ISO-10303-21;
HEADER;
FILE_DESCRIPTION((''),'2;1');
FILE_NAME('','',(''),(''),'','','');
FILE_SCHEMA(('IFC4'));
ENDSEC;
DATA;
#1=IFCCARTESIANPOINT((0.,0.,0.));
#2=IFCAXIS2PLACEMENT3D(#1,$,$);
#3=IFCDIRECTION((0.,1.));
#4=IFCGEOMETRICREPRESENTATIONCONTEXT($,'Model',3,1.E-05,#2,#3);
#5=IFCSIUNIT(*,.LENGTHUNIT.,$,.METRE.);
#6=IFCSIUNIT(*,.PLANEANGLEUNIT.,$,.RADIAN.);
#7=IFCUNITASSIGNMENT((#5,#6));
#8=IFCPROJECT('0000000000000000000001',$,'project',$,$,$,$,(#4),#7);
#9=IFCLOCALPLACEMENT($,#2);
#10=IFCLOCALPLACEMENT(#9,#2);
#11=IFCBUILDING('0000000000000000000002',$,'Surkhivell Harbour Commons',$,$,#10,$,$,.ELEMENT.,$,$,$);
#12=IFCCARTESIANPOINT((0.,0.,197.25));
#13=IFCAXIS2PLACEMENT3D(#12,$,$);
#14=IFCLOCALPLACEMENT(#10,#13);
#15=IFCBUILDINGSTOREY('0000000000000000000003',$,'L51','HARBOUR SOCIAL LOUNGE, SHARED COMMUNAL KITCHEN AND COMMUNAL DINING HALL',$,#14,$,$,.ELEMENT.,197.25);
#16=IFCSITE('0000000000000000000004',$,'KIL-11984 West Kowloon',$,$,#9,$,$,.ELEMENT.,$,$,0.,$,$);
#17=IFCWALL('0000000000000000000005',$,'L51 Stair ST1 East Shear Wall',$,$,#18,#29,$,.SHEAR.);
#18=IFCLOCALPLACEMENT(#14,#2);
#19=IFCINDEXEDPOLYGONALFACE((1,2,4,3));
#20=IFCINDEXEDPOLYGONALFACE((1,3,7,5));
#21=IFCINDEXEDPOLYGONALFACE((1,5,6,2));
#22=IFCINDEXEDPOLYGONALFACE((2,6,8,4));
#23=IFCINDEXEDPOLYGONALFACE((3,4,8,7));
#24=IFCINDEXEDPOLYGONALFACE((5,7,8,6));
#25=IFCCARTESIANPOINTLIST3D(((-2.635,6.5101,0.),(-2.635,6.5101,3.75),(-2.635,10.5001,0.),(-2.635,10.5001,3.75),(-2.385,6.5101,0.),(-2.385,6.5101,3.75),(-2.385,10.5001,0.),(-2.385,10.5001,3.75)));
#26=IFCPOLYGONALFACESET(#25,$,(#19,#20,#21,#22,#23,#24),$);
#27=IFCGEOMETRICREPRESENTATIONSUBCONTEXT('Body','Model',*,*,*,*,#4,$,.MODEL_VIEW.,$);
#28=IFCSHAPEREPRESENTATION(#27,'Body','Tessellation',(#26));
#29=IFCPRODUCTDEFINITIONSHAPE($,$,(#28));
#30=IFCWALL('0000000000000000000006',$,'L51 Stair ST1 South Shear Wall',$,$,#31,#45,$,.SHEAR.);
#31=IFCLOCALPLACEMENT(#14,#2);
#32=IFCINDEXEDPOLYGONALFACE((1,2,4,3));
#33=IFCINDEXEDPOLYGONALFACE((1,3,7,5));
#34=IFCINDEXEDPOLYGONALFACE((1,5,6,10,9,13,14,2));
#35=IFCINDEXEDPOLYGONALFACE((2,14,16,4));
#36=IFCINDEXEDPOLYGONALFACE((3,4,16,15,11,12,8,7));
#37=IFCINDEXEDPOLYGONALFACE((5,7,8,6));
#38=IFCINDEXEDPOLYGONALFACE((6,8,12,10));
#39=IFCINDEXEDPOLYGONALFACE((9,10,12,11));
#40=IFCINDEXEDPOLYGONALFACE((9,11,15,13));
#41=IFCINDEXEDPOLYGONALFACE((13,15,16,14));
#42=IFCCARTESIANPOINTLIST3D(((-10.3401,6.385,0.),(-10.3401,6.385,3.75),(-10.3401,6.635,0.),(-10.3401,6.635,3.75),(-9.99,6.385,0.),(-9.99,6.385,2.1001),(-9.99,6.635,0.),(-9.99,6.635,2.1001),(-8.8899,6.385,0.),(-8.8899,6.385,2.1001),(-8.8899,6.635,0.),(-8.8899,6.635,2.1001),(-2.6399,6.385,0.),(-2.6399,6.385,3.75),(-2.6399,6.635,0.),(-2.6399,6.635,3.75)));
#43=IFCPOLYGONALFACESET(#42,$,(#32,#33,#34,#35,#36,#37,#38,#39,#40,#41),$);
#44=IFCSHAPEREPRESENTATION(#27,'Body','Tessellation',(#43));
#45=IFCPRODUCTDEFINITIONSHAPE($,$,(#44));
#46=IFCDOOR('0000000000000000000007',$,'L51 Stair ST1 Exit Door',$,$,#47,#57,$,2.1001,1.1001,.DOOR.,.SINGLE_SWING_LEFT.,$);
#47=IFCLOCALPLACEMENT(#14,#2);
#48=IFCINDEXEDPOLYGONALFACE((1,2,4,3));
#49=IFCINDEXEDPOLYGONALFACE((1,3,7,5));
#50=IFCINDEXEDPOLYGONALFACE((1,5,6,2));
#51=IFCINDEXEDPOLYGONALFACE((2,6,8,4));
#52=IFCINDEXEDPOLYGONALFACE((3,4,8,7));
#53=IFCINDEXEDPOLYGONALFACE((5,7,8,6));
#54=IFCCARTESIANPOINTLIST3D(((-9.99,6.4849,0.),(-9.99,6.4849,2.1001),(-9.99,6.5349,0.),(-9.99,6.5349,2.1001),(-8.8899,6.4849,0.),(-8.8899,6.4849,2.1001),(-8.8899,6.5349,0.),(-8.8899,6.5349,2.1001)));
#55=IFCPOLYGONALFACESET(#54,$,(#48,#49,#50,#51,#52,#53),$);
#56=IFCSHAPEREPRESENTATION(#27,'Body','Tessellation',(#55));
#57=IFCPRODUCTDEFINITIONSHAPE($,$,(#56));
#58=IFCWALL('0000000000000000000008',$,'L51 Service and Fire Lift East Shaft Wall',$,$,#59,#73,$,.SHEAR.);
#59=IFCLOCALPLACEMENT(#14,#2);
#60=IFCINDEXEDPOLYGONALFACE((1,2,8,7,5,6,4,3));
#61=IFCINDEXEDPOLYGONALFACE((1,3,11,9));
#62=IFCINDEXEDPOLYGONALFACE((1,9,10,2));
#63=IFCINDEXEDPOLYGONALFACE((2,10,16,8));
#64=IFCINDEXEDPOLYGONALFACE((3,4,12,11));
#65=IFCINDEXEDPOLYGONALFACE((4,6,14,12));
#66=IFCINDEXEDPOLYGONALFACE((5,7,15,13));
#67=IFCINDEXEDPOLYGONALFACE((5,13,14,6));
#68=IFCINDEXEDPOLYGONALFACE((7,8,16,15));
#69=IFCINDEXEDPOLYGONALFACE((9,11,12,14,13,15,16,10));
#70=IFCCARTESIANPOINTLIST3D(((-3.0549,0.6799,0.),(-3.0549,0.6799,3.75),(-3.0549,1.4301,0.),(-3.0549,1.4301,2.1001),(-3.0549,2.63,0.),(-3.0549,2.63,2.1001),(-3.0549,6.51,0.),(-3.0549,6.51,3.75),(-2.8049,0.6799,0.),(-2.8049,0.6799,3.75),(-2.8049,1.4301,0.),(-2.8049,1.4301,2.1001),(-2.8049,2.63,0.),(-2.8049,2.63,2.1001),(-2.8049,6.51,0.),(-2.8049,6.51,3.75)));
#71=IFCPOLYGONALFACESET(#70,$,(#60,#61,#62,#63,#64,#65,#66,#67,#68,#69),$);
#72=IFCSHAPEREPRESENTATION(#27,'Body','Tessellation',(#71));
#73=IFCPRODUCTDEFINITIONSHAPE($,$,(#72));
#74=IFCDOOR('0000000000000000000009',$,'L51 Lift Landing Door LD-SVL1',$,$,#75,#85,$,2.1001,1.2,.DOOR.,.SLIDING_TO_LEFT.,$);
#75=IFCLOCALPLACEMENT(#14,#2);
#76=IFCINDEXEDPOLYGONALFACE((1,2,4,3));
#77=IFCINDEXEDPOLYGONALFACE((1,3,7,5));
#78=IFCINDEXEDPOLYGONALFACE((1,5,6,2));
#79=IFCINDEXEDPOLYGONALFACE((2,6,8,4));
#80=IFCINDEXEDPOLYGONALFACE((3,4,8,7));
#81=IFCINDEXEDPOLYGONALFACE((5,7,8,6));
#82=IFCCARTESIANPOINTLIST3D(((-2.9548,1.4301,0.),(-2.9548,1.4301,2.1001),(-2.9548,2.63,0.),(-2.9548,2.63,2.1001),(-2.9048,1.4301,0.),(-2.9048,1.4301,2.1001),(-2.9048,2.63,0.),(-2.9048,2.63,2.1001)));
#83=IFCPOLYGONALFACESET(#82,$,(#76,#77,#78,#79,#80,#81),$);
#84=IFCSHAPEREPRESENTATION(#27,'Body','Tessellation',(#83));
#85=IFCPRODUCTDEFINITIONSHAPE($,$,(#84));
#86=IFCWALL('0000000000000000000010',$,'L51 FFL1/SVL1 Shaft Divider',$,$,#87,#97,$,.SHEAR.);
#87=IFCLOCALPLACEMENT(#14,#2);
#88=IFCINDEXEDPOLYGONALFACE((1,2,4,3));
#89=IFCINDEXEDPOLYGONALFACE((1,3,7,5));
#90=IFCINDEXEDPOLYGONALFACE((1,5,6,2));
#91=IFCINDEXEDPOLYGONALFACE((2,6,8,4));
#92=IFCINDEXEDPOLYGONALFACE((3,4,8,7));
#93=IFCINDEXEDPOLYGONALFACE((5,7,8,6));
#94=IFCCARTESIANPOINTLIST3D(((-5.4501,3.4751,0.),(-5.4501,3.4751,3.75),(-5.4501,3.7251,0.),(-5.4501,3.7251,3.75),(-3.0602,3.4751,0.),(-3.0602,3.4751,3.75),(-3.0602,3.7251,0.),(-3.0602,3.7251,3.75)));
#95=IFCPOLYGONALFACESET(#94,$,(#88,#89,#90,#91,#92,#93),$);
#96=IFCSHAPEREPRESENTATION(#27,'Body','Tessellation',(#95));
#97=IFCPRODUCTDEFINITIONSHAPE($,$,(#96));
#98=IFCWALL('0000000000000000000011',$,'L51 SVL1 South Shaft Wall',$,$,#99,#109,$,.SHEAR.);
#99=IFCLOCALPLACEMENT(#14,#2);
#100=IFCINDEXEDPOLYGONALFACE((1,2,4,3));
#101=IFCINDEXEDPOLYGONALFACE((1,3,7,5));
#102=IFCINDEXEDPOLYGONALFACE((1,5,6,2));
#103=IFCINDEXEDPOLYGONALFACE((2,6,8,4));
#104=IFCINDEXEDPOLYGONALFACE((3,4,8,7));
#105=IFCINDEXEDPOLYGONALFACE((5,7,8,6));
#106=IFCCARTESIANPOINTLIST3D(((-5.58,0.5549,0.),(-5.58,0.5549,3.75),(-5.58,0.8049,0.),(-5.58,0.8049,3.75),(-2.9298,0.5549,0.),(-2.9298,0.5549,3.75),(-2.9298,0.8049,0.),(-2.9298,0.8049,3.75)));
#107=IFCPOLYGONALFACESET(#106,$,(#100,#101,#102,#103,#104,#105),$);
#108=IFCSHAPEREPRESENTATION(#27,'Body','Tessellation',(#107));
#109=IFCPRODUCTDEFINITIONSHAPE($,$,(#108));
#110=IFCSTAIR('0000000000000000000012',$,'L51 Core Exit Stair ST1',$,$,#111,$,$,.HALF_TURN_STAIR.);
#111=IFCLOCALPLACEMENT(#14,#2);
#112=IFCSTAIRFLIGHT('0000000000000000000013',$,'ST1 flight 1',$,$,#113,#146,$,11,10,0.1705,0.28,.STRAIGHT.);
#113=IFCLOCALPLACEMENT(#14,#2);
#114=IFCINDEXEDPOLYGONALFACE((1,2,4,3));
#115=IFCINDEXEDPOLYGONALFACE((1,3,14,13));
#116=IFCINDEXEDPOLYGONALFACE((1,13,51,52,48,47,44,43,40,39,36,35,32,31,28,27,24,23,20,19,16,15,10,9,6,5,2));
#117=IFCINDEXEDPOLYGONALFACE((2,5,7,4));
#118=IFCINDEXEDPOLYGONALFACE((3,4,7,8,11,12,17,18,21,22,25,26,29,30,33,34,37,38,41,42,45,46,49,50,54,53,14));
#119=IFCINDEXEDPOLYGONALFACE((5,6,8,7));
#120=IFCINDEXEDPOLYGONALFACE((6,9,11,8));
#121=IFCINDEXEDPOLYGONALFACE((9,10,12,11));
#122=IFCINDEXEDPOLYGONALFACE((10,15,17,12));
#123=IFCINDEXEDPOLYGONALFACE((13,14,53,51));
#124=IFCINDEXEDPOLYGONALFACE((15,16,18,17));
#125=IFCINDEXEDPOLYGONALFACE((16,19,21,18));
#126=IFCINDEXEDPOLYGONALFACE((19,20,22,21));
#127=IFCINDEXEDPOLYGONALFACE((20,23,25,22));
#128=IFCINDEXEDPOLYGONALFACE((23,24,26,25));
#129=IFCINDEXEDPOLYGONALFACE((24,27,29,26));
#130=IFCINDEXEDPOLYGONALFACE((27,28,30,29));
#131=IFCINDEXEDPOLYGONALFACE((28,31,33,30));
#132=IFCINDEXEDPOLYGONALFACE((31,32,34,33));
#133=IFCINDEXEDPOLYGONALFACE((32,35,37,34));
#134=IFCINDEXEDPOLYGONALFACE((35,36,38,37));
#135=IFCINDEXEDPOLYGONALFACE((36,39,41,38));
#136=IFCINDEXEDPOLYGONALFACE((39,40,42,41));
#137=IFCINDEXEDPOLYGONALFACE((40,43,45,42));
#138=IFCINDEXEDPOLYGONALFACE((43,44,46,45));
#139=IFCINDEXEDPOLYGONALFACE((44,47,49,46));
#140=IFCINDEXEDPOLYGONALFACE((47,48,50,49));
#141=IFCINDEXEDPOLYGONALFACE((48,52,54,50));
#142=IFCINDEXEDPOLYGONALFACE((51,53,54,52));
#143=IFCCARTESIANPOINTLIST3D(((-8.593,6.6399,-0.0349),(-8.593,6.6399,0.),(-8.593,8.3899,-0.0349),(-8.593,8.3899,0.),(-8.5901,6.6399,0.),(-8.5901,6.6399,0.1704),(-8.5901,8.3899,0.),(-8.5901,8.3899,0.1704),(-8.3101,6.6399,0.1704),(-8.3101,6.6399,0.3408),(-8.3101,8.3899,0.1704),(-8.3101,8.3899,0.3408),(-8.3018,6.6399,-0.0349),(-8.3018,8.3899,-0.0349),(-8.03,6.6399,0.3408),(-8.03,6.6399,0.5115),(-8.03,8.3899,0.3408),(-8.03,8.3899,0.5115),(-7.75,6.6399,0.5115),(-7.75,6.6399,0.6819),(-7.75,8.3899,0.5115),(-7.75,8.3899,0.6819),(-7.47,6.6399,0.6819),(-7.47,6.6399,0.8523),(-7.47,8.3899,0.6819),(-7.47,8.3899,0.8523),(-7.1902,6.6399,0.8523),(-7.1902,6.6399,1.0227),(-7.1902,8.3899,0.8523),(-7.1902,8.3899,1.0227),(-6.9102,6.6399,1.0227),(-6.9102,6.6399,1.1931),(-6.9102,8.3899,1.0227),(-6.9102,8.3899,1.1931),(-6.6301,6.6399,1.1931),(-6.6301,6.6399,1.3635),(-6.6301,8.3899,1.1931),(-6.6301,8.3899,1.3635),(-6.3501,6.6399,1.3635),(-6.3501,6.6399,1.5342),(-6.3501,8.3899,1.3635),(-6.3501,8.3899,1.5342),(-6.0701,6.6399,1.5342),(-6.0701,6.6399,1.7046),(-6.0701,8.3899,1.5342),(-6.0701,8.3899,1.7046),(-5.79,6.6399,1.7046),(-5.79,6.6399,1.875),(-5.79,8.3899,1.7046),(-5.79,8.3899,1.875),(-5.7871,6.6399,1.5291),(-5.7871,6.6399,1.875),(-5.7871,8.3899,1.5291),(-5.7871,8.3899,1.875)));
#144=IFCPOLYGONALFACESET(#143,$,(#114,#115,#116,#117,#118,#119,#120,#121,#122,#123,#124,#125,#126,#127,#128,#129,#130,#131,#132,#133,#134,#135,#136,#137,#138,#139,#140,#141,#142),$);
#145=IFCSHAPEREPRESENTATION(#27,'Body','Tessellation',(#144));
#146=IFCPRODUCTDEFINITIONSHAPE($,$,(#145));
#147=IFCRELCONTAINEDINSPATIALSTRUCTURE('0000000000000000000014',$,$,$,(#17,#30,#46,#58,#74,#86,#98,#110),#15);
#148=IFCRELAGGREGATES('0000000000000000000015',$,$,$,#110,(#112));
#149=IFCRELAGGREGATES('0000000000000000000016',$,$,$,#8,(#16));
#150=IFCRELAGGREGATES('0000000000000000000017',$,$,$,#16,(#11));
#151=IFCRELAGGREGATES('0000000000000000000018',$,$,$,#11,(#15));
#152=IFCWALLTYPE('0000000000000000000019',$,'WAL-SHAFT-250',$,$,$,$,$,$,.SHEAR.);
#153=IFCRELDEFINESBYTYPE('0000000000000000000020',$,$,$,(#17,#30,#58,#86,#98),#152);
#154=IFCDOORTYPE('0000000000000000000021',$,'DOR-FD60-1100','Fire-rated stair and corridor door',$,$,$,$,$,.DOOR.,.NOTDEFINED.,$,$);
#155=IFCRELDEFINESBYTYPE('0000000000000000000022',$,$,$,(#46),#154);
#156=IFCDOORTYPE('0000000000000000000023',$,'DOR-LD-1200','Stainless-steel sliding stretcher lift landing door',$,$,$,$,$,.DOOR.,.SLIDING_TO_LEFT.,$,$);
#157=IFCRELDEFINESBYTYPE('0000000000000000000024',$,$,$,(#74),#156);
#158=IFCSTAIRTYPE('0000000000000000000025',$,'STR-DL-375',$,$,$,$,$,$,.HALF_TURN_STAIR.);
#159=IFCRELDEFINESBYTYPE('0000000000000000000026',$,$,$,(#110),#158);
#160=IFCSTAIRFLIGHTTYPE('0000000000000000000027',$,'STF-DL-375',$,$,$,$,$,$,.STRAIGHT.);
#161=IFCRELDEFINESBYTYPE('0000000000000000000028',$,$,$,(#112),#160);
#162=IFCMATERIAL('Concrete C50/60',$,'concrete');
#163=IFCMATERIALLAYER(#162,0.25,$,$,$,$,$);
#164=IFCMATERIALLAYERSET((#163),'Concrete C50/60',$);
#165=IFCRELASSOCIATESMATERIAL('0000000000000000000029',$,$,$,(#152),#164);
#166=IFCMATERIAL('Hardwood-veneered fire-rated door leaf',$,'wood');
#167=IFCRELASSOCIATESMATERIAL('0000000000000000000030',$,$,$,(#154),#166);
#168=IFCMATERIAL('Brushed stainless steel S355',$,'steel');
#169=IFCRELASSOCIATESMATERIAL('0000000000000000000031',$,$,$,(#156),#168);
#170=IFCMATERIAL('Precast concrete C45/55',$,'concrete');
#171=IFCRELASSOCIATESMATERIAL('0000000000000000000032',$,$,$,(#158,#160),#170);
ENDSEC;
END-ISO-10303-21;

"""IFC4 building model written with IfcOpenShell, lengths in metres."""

from ifc_helpers import new_model, si_unit, direction, frame, frame_2d, origin, place, context, subcontext, project, spatial, polyline, rectangle, outline, extrude, material, layer, layer_set, type_object, element, fill, aggregate, save


model = new_model("IFC4")

# Units and contexts
model_context = context("Model", 3, precision=1e-05, world=origin(), true_north=direction((0.0, 1.0)))
body_context = subcontext(model_context, "Body", "Model", "MODEL_VIEW")
ifc_project = project(units=[si_unit("LENGTHUNIT", "METRE"), si_unit("PLANEANGLEUNIT", "RADIAN")], contexts=[model_context])

# Site, building, storey
site_placement = place(None, origin())
site = spatial("IfcSite", under=ifc_project, at=site_placement, Name="KIL-11984 West Kowloon", CompositionType="ELEMENT", RefElevation=0.0)
building_placement = place(site_placement, origin())
building = spatial("IfcBuilding", under=site, at=building_placement, Name="Surkhivell Harbour Commons", CompositionType="ELEMENT")
storey_placement = place(building_placement, frame((0.0, 0.0, 197.25)))
storey = spatial("IfcBuildingStorey", under=building, at=storey_placement, Name="L51", Description="HARBOUR SOCIAL LOUNGE, SHARED COMMUNAL KITCHEN AND COMMUNAL DINING HALL", CompositionType="ELEMENT", Elevation=197.25)

# Shared definitions
ifc_material_1 = material(Name="Concrete C50/60", Category="concrete")
ifc_layer_1 = layer(ifc_material_1, 0.25)
ifc_layer_set_1 = layer_set([ifc_layer_1], Name="Concrete C50/60")
wall_type_1 = type_object("IfcWallType", Name="WAL-SHAFT-250", PredefinedType="SHEAR", material=ifc_layer_set_1)
ifc_material_2 = material(Name="Brushed stainless steel S355", Category="steel")
ifc_material_3 = material(Name="Hardwood-veneered fire-rated door leaf", Category="wood")

# Wall
wall_1_placement = place(storey_placement, frame((-2.51, 6.51, 0.0), z_axis=(0.0, 0.0, 1.0), x_axis=(0.0, 1.0, 0.0)))
element("IfcWall", 1, at=wall_1_placement, inside=storey, type_object=wall_type_1, Name="L51 Stair ST1 East Shear Wall", PredefinedType="SHEAR", context=body_context, shape_type="SweptSolid", body=[
    extrude(rectangle(XDim=3.99, YDim=0.25, at=frame_2d((1.9951, 0.0))), origin(), (0.0, 0.0, 1.0), 3.75),
])

# Walls, openings, doors
wall_2_placement = place(storey_placement, frame((-10.3401, 6.51, 0.0), z_axis=(0.0, 0.0, 1.0), x_axis=(1.0, 0.0, 0.0)))
wall_2 = element("IfcWall", 2, at=wall_2_placement, inside=storey, type_object=wall_type_1, Name="L51 Stair ST1 South Shear Wall", PredefinedType="SHEAR", context=body_context, shape_type="SweptSolid", body=[
    extrude(rectangle(XDim=7.7002, YDim=0.25, at=frame_2d((3.8501, 0.0))), origin(), (0.0, 0.0, 1.0), 3.75),
])
opening_1_placement = place(wall_2_placement, frame((0.3501, 0.0, 0.0)))
opening_1 = element("IfcOpeningElement", 3, at=opening_1_placement, cuts=wall_2, PredefinedType="OPENING", context=body_context, shape_type="SweptSolid", body=[
    extrude(rectangle(XDim=1.1001, YDim=2.1001, at=frame_2d((0.55, 1.05))), frame((0.0, 0.135, 0.0), z_axis=(0.0, -1.0, 0.0), x_axis=(1.0, 0.0, 0.0)), (0.0, 0.0, 1.0), 0.27),
])
door_type_1 = type_object("IfcDoorType", Name="DOR-FD60-1100", Description="Fire-rated stair and corridor door", OperationType="NOTDEFINED", PredefinedType="DOOR", material=ifc_material_3)
door_1_placement = place(opening_1_placement, origin())
door_1 = element("IfcDoor", 4, at=door_1_placement, inside=storey, type_object=door_type_1, Name="L51 Stair ST1 Exit Door", OperationType="SINGLE_SWING_LEFT", OverallHeight=2.1001, OverallWidth=1.1001, PredefinedType="DOOR", context=body_context, shape_type="SweptSolid", body=[
    extrude(rectangle(XDim=1.1001, YDim=2.1001, at=frame_2d((0.55, 1.05))), frame((0.0, 0.0249, 0.0), z_axis=(0.0, -1.0, 0.0), x_axis=(1.0, 0.0, 0.0)), (0.0, 0.0, 1.0), 0.05),
])
fill(opening_1, door_1)
wall_3_placement = place(storey_placement, frame((-2.9299, 0.6799, 0.0), z_axis=(0.0, 0.0, 1.0), x_axis=(0.0, 1.0, 0.0)))
wall_3 = element("IfcWall", 5, at=wall_3_placement, inside=storey, type_object=wall_type_1, Name="L51 Service and Fire Lift East Shaft Wall", PredefinedType="SHEAR", context=body_context, shape_type="SweptSolid", body=[
    extrude(rectangle(XDim=5.8301, YDim=0.25, at=frame_2d((2.915, 0.0))), origin(), (0.0, 0.0, 1.0), 3.75),
])
opening_2_placement = place(wall_3_placement, frame((0.75, 0.0, 0.0)))
opening_2 = element("IfcOpeningElement", 6, at=opening_2_placement, cuts=wall_3, PredefinedType="OPENING", context=body_context, shape_type="SweptSolid", body=[
    extrude(rectangle(XDim=1.2, YDim=2.1001, at=frame_2d((0.6001, 1.05))), frame((0.0, 0.135, 0.0), z_axis=(0.0, -1.0, 0.0), x_axis=(1.0, 0.0, 0.0)), (0.0, 0.0, 1.0), 0.27),
])
door_type_2 = type_object("IfcDoorType", Name="DOR-LD-1200", Description="Stainless-steel sliding stretcher lift landing door", OperationType="SLIDING_TO_LEFT", PredefinedType="DOOR", material=ifc_material_2)
door_2_placement = place(opening_2_placement, origin())
door_2 = element("IfcDoor", 7, at=door_2_placement, inside=storey, type_object=door_type_2, Name="L51 Lift Landing Door LD-SVL1", OperationType="SLIDING_TO_LEFT", OverallHeight=2.1001, OverallWidth=1.2, PredefinedType="DOOR", context=body_context, shape_type="SweptSolid", body=[
    extrude(rectangle(XDim=1.2, YDim=2.1001, at=frame_2d((0.6001, 1.05))), frame((0.0, 0.0249, 0.0), z_axis=(0.0, -1.0, 0.0), x_axis=(1.0, 0.0, 0.0)), (0.0, 0.0, 1.0), 0.05),
])
fill(opening_2, door_2)

# Walls
wall_4_placement = place(storey_placement, frame((-5.45, 3.6001, 0.0), z_axis=(0.0, 0.0, 1.0), x_axis=(1.0, 0.0, 0.0)))
element("IfcWall", 8, at=wall_4_placement, inside=storey, type_object=wall_type_1, Name="L51 FFL1/SVL1 Shaft Divider", PredefinedType="SHEAR", context=body_context, shape_type="SweptSolid", body=[
    extrude(rectangle(XDim=2.3899, YDim=0.25, at=frame_2d((1.1948, 0.0))), origin(), (0.0, 0.0, 1.0), 3.75),
])
wall_5_placement = place(storey_placement, frame((-5.5801, 0.6799, 0.0), z_axis=(0.0, 0.0, 1.0), x_axis=(1.0, 0.0, 0.0)))
element("IfcWall", 9, at=wall_5_placement, inside=storey, type_object=wall_type_1, Name="L51 SVL1 South Shaft Wall", PredefinedType="SHEAR", context=body_context, shape_type="SweptSolid", body=[
    extrude(rectangle(XDim=2.6501, YDim=0.25, at=frame_2d((1.3252, 0.0))), origin(), (0.0, 0.0, 1.0), 3.75),
])

# Stair, stair flight
ifc_material_4 = material(Name="Precast concrete C45/55", Category="concrete")
stair_type = type_object("IfcStairType", Name="STR-DL-375", PredefinedType="HALF_TURN_STAIR", material=ifc_material_4)
stair_placement = place(storey_placement, origin())
stair = element("IfcStair", 10, at=stair_placement, inside=storey, type_object=stair_type, Name="L51 Core Exit Stair ST1", PredefinedType="HALF_TURN_STAIR")
stair_flight_type = type_object("IfcStairFlightType", Name="STF-DL-375", PredefinedType="STRAIGHT", material=ifc_material_4)
stair_flight_1_placement = place(storey_placement, frame((-8.5901, 7.5149, 0.0), z_axis=(0.0, 0.0, 1.0), x_axis=(1.0, 0.0, 0.0)))
stair_flight_1 = element("IfcStairFlight", 11, at=stair_flight_1_placement, type_object=stair_flight_type, Name="ST1 flight 1", NumberOfRisers=11, NumberOfTreads=10, PredefinedType="STRAIGHT", RiserHeight=0.1705, TreadLength=0.28, context=body_context, shape_type="SweptSolid", body=[
    extrude(outline(polyline([(-0.0029, -0.0349), (-0.0029, 0.0), (0.0, 0.0), (0.0, 0.1704), (0.28, 0.1704), (0.28, 0.3408), (0.5601, 0.3408), (0.5601, 0.5115), (0.8401, 0.5115), (0.8401, 0.6819), (1.1201, 0.6819), (1.1201, 0.8523), (1.3999, 0.8523), (1.3999, 1.0227), (1.6799, 1.0227), (1.6799, 1.1931), (1.96, 1.1931), (1.96, 1.3635), (2.24, 1.3635), (2.24, 1.5342), (2.52, 1.5342), (2.52, 1.7046), (2.8, 1.7046), (2.8, 1.875), (2.803, 1.875), (2.803, 1.5291), (0.2883, -0.0349), (-0.0029, -0.0349)])), frame((0.0, 0.875, 0.0), z_axis=(0.0, -1.0, 0.0), x_axis=(1.0, 0.0, 0.0)), (0.0, 0.0, 1.0), 1.75),
])
aggregate(stair, [stair_flight_1])

save(model, "model.ifc")
